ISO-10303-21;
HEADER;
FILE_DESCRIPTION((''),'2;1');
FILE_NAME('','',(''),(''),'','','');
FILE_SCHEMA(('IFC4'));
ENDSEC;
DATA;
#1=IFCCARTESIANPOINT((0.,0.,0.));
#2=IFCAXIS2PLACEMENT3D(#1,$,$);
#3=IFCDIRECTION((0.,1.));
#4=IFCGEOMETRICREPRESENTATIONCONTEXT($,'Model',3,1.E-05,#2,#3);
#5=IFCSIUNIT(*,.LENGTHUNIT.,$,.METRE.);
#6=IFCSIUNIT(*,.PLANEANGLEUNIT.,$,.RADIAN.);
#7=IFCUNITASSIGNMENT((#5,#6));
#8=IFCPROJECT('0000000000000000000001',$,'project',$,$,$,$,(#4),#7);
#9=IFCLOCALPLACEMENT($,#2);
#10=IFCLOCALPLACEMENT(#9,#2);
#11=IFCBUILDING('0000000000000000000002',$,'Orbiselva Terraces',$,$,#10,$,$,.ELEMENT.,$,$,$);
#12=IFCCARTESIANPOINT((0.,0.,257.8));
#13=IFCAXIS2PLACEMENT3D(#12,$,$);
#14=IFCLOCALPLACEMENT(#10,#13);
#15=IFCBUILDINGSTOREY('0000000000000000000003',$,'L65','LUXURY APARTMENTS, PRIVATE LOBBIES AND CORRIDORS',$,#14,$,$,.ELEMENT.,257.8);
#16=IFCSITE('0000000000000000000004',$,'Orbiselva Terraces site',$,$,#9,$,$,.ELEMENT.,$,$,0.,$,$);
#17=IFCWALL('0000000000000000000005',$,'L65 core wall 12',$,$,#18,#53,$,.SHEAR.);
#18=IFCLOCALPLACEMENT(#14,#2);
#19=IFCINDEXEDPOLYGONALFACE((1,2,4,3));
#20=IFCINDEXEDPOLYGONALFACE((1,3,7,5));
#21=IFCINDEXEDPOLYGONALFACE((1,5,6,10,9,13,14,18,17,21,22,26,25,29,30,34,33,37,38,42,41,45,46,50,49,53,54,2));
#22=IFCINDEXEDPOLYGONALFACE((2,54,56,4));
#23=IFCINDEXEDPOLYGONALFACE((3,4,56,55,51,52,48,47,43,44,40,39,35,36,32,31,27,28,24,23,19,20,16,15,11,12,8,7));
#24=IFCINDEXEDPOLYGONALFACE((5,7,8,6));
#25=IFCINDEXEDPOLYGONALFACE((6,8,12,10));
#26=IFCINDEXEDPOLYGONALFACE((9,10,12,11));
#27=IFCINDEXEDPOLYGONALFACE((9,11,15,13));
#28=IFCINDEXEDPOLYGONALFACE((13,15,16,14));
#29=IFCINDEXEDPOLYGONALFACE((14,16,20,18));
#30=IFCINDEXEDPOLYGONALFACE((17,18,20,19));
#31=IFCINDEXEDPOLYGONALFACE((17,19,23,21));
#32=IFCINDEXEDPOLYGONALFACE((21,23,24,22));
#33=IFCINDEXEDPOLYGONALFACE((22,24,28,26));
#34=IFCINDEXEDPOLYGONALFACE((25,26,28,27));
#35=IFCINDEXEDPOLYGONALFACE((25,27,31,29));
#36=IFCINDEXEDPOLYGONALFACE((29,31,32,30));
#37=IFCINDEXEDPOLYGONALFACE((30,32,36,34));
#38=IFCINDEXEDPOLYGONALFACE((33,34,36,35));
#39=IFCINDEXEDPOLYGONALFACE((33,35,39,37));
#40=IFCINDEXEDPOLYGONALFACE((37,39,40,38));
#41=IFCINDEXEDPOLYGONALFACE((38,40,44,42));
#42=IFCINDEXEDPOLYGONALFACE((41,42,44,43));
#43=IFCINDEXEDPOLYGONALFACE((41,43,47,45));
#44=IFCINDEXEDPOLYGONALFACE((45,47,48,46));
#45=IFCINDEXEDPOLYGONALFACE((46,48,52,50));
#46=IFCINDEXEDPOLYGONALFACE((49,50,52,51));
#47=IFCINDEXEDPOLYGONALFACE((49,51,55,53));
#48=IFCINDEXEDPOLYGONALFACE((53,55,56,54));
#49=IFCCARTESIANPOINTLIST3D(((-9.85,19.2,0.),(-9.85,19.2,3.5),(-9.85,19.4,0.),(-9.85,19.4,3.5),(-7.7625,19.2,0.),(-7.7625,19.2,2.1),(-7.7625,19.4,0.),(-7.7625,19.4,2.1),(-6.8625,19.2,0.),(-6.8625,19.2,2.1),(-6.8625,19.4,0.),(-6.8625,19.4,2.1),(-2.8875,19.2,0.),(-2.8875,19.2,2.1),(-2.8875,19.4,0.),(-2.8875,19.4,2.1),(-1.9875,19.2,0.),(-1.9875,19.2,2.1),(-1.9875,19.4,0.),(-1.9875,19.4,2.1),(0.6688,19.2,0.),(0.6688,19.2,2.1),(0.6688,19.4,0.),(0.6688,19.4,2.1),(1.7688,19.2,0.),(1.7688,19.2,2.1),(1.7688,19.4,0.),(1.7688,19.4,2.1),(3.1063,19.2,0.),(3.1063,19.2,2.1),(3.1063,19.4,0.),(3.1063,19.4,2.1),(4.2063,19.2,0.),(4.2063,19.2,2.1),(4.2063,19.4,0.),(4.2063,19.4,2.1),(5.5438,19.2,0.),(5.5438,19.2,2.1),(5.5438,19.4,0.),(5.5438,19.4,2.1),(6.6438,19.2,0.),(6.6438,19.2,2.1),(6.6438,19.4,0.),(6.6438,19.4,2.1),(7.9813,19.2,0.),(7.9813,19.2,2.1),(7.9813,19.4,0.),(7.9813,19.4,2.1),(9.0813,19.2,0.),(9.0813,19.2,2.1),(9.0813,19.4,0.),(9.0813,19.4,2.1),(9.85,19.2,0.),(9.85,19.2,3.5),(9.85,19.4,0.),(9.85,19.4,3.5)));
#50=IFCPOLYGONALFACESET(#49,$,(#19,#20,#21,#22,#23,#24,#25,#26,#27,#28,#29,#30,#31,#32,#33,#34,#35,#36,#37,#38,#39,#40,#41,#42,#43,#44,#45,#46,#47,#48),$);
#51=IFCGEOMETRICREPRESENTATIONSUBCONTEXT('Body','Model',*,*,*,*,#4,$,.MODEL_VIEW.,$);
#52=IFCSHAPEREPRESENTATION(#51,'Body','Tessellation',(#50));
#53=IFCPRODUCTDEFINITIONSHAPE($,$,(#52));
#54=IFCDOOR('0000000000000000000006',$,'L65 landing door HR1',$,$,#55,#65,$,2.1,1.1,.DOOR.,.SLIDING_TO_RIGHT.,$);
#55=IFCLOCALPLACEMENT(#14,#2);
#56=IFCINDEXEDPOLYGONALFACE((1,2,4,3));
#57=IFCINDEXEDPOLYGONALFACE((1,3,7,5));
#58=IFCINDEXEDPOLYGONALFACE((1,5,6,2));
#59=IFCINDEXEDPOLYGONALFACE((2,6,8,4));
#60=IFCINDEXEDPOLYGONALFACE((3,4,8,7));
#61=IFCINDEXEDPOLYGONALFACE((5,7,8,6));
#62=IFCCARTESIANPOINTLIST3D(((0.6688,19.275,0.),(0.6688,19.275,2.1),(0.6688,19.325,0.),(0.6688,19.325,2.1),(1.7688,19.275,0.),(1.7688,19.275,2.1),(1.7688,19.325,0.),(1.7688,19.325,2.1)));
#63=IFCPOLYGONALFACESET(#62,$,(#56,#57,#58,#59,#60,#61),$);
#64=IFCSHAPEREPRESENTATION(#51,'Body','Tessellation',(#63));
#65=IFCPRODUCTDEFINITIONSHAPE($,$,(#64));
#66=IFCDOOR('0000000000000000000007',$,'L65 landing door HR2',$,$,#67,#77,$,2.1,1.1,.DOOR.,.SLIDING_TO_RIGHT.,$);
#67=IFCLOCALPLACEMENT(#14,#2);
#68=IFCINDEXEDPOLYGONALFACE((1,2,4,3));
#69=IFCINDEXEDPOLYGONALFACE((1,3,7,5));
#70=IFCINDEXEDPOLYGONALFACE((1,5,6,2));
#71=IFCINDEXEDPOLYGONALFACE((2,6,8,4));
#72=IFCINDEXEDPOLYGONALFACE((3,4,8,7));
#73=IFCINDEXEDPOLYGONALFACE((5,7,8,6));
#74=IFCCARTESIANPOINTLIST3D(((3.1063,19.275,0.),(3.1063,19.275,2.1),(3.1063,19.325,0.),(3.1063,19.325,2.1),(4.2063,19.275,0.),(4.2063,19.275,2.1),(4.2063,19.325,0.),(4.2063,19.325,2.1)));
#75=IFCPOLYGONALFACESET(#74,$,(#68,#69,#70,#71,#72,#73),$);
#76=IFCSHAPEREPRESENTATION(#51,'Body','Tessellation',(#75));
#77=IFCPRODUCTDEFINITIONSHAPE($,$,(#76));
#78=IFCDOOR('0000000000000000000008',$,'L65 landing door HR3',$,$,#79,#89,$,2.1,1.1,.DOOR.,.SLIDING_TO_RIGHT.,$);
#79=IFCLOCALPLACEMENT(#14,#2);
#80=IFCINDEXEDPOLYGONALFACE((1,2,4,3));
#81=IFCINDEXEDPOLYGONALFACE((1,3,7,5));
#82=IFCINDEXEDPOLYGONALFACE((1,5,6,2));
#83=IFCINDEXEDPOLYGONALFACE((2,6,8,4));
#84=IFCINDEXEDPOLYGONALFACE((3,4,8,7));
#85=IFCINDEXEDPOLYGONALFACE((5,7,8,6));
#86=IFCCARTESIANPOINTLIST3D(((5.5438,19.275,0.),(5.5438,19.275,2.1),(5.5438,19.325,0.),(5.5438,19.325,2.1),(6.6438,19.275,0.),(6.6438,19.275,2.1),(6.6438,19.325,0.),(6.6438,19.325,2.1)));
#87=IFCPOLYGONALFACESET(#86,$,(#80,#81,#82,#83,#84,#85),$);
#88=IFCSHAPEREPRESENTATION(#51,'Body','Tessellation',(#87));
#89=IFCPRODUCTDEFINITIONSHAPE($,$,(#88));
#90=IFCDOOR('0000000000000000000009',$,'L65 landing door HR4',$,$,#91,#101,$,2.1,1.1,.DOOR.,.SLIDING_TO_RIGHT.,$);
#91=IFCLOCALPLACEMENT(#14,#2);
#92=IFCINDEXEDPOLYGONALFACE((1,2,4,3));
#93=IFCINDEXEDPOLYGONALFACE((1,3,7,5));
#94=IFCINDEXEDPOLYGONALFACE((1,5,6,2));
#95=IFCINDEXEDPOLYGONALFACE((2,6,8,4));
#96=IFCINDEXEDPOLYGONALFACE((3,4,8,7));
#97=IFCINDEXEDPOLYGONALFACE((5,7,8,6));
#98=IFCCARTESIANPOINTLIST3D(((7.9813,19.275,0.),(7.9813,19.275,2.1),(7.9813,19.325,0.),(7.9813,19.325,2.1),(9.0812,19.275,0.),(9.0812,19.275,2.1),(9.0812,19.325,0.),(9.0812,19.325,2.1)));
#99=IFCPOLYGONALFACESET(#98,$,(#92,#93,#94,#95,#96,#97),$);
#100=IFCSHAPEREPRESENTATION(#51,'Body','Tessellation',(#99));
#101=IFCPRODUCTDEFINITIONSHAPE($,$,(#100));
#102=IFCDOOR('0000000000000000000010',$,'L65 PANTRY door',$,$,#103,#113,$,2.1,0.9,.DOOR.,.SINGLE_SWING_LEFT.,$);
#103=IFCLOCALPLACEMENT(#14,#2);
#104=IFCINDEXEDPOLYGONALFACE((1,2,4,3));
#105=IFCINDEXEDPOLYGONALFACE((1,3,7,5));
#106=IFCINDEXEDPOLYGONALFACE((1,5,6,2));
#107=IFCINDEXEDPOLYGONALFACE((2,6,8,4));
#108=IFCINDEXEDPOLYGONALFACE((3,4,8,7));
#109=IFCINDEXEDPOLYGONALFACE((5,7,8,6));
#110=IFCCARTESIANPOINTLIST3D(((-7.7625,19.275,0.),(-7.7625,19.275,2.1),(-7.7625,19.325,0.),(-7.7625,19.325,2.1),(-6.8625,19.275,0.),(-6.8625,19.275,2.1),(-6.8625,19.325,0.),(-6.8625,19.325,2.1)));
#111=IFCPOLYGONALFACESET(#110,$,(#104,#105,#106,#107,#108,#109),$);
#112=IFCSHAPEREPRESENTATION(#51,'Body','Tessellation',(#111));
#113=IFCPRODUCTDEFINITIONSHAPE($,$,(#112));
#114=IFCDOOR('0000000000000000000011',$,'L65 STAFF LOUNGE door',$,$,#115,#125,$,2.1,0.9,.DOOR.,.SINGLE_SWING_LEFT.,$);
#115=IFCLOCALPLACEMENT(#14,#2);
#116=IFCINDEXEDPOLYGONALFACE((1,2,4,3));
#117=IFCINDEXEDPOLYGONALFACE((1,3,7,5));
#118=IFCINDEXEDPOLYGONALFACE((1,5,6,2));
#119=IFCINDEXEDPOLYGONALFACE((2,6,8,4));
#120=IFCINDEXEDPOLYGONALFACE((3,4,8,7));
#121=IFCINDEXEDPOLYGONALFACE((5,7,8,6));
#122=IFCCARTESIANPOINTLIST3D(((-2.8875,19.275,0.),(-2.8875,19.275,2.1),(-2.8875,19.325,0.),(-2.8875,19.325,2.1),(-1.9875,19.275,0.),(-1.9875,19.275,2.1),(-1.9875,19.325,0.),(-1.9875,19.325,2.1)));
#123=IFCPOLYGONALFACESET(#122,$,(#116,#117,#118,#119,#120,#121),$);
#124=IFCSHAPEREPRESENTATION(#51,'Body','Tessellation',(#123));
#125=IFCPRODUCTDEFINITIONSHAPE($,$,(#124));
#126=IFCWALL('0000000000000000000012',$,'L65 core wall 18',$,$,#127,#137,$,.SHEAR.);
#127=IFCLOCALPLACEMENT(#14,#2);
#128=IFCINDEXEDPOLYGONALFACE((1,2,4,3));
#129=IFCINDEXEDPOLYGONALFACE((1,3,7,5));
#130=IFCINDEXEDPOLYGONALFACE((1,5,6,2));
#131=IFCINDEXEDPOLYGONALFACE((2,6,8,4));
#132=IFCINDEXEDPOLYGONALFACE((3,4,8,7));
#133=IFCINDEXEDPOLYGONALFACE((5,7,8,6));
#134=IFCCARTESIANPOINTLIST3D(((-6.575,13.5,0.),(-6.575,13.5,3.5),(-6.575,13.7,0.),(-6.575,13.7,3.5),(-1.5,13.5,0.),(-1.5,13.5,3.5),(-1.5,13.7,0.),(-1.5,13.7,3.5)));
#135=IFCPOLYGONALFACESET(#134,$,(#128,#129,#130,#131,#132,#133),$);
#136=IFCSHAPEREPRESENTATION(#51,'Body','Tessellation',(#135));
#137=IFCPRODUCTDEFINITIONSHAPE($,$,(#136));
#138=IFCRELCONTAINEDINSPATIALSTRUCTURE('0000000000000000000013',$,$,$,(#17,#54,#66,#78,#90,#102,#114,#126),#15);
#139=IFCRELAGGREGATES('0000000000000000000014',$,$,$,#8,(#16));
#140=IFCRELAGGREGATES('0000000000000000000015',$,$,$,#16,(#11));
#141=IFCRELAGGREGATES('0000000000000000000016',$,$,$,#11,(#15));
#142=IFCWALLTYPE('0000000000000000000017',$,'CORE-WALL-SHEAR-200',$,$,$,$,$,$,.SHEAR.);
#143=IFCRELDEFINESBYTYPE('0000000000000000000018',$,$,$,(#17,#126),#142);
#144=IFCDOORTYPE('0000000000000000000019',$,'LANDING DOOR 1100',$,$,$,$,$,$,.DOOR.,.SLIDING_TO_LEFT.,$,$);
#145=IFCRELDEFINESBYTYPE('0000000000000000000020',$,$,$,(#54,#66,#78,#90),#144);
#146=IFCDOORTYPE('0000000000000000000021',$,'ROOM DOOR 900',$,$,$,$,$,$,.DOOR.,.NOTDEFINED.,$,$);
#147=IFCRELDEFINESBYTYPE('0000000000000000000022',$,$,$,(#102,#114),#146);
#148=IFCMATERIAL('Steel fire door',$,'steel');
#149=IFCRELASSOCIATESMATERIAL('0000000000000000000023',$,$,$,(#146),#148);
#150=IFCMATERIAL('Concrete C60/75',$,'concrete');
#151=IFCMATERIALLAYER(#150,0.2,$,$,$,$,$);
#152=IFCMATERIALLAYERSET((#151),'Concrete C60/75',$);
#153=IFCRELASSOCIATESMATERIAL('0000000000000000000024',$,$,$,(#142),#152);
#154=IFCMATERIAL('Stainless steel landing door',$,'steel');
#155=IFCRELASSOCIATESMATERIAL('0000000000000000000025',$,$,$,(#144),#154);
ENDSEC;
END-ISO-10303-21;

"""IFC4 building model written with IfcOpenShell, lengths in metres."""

from ifc_helpers import new_model, si_unit, direction, frame, frame_2d, origin, place, context, subcontext, project, spatial, rectangle, extrude, material, layer, layer_set, type_object, element, fill, save


model = new_model("IFC4")

# Units and contexts
model_context = context("Model", 3, precision=1e-05, world=origin(), true_north=direction((0.0, 1.0)))
body_context = subcontext(model_context, "Body", "Model", "MODEL_VIEW")
ifc_project = project(units=[si_unit("LENGTHUNIT", "METRE"), si_unit("PLANEANGLEUNIT", "RADIAN")], contexts=[model_context])

# Site, building, storey
site_placement = place(None, origin())
site = spatial("IfcSite", under=ifc_project, at=site_placement, Name="Orbiselva Terraces site", CompositionType="ELEMENT", RefElevation=0.0)
building_placement = place(site_placement, origin())
building = spatial("IfcBuilding", under=site, at=building_placement, Name="Orbiselva Terraces", CompositionType="ELEMENT")
storey_placement = place(building_placement, frame((0.0, 0.0, 257.8)))
storey = spatial("IfcBuildingStorey", under=building, at=storey_placement, Name="L65", Description="LUXURY APARTMENTS, PRIVATE LOBBIES AND CORRIDORS", CompositionType="ELEMENT", Elevation=257.8)

# Shared definitions
ifc_material_1 = material(Name="Steel fire door", Category="steel")
door_type_1 = type_object("IfcDoorType", Name="ROOM DOOR 900", OperationType="NOTDEFINED", PredefinedType="DOOR", material=ifc_material_1)

# Shared definitions
ifc_material_2 = material(Name="Concrete C60/75", Category="concrete")
ifc_layer_1 = layer(ifc_material_2, 0.2)
ifc_layer_set_1 = layer_set([ifc_layer_1], Name="Concrete C60/75")
wall_type_1 = type_object("IfcWallType", Name="CORE-WALL-SHEAR-200", PredefinedType="SHEAR", material=ifc_layer_set_1)

# Wall, openings, doors
wall_1_placement = place(storey_placement, frame((-9.85, 19.3, 0.0), z_axis=(0.0, 0.0, 1.0), x_axis=(1.0, 0.0, 0.0)))
wall_1 = element("IfcWall", 1, at=wall_1_placement, inside=storey, type_object=wall_type_1, Name="L65 core wall 12", PredefinedType="SHEAR", context=body_context, shape_type="SweptSolid", body=[
    extrude(rectangle(XDim=19.7, YDim=0.2, at=frame_2d((9.85, 0.0))), origin(), (0.0, 0.0, 1.0), 3.5),
])
opening_1_placement = place(wall_1_placement, frame((10.5188, 0.0, 0.0)))
opening_1 = element("IfcOpeningElement", 2, at=opening_1_placement, cuts=wall_1, PredefinedType="OPENING", context=body_context, shape_type="SweptSolid", body=[
    extrude(rectangle(XDim=1.1, YDim=2.1, at=frame_2d((0.55, 1.05))), frame((0.0, 0.11, 0.0), z_axis=(0.0, -1.0, 0.0), x_axis=(1.0, 0.0, 0.0)), (0.0, 0.0, 1.0), 0.22),
])
opening_2_placement = place(wall_1_placement, frame((12.9563, 0.0, 0.0)))
opening_2 = element("IfcOpeningElement", 3, at=opening_2_placement, cuts=wall_1, PredefinedType="OPENING", context=body_context, shape_type="SweptSolid", body=[
    extrude(rectangle(XDim=1.1, YDim=2.1, at=frame_2d((0.55, 1.05))), frame((0.0, 0.11, 0.0), z_axis=(0.0, -1.0, 0.0), x_axis=(1.0, 0.0, 0.0)), (0.0, 0.0, 1.0), 0.22),
])
opening_3_placement = place(wall_1_placement, frame((15.3938, 0.0, 0.0)))
opening_3 = element("IfcOpeningElement", 4, at=opening_3_placement, cuts=wall_1, PredefinedType="OPENING", context=body_context, shape_type="SweptSolid", body=[
    extrude(rectangle(XDim=1.1, YDim=2.1, at=frame_2d((0.55, 1.05))), frame((0.0, 0.11, 0.0), z_axis=(0.0, -1.0, 0.0), x_axis=(1.0, 0.0, 0.0)), (0.0, 0.0, 1.0), 0.22),
])
opening_4_placement = place(wall_1_placement, frame((17.8313, 0.0, 0.0)))
opening_4 = element("IfcOpeningElement", 5, at=opening_4_placement, cuts=wall_1, PredefinedType="OPENING", context=body_context, shape_type="SweptSolid", body=[
    extrude(rectangle(XDim=1.1, YDim=2.1, at=frame_2d((0.55, 1.05))), frame((0.0, 0.11, 0.0), z_axis=(0.0, -1.0, 0.0), x_axis=(1.0, 0.0, 0.0)), (0.0, 0.0, 1.0), 0.22),
])
opening_5_placement = place(wall_1_placement, frame((2.0875, 0.0, 0.0)))
opening_5 = element("IfcOpeningElement", 6, at=opening_5_placement, cuts=wall_1, PredefinedType="OPENING", context=body_context, shape_type="SweptSolid", body=[
    extrude(rectangle(XDim=0.9, YDim=2.1, at=frame_2d((0.45, 1.05))), frame((0.0, 0.11, 0.0), z_axis=(0.0, -1.0, 0.0), x_axis=(1.0, 0.0, 0.0)), (0.0, 0.0, 1.0), 0.22),
])
opening_6_placement = place(wall_1_placement, frame((6.9625, 0.0, 0.0)))
opening_6 = element("IfcOpeningElement", 7, at=opening_6_placement, cuts=wall_1, PredefinedType="OPENING", context=body_context, shape_type="SweptSolid", body=[
    extrude(rectangle(XDim=0.9, YDim=2.1, at=frame_2d((0.45, 1.05))), frame((0.0, 0.11, 0.0), z_axis=(0.0, -1.0, 0.0), x_axis=(1.0, 0.0, 0.0)), (0.0, 0.0, 1.0), 0.22),
])
ifc_material_3 = material(Name="Stainless steel landing door", Category="steel")
door_type_2 = type_object("IfcDoorType", Name="LANDING DOOR 1100", OperationType="SLIDING_TO_LEFT", PredefinedType="DOOR", material=ifc_material_3)
door_1_placement = place(opening_1_placement, origin())
door_1 = element("IfcDoor", 8, at=door_1_placement, inside=storey, type_object=door_type_2, Name="L65 landing door HR1", OperationType="SLIDING_TO_RIGHT", OverallHeight=2.1, OverallWidth=1.1, PredefinedType="DOOR", context=body_context, shape_type="SweptSolid", body=[
    extrude(rectangle(XDim=1.1, YDim=2.1, at=frame_2d((0.55, 1.05))), frame((0.0, 0.025, 0.0), z_axis=(0.0, -1.0, 0.0), x_axis=(1.0, 0.0, 0.0)), (0.0, 0.0, 1.0), 0.05),
])
fill(opening_1, door_1)
door_2_placement = place(opening_2_placement, origin())
door_2 = element("IfcDoor", 9, at=door_2_placement, inside=storey, type_object=door_type_2, Name="L65 landing door HR2", OperationType="SLIDING_TO_RIGHT", OverallHeight=2.1, OverallWidth=1.1, PredefinedType="DOOR", context=body_context, shape_type="SweptSolid", body=[
    extrude(rectangle(XDim=1.1, YDim=2.1, at=frame_2d((0.55, 1.05))), frame((0.0, 0.025, 0.0), z_axis=(0.0, -1.0, 0.0), x_axis=(1.0, 0.0, 0.0)), (0.0, 0.0, 1.0), 0.05),
])
fill(opening_2, door_2)
door_3_placement = place(opening_3_placement, origin())
door_3 = element("IfcDoor", 10, at=door_3_placement, inside=storey, type_object=door_type_2, Name="L65 landing door HR3", OperationType="SLIDING_TO_RIGHT", OverallHeight=2.1, OverallWidth=1.1, PredefinedType="DOOR", context=body_context, shape_type="SweptSolid", body=[
    extrude(rectangle(XDim=1.1, YDim=2.1, at=frame_2d((0.55, 1.05))), frame((0.0, 0.025, 0.0), z_axis=(0.0, -1.0, 0.0), x_axis=(1.0, 0.0, 0.0)), (0.0, 0.0, 1.0), 0.05),
])
fill(opening_3, door_3)
door_4_placement = place(opening_4_placement, origin())
door_4 = element("IfcDoor", 11, at=door_4_placement, inside=storey, type_object=door_type_2, Name="L65 landing door HR4", OperationType="SLIDING_TO_RIGHT", OverallHeight=2.1, OverallWidth=1.1, PredefinedType="DOOR", context=body_context, shape_type="SweptSolid", body=[
    extrude(rectangle(XDim=1.1, YDim=2.1, at=frame_2d((0.55, 1.05))), frame((0.0, 0.025, 0.0), z_axis=(0.0, -1.0, 0.0), x_axis=(1.0, 0.0, 0.0)), (0.0, 0.0, 1.0), 0.05),
])
fill(opening_4, door_4)
door_5_placement = place(opening_5_placement, origin())
door_5 = element("IfcDoor", 12, at=door_5_placement, inside=storey, type_object=door_type_1, Name="L65 PANTRY door", OperationType="SINGLE_SWING_LEFT", OverallHeight=2.1, OverallWidth=0.9, PredefinedType="DOOR", context=body_context, shape_type="SweptSolid", body=[
    extrude(rectangle(XDim=0.9, YDim=2.1, at=frame_2d((0.45, 1.05))), frame((0.0, 0.025, 0.0), z_axis=(0.0, -1.0, 0.0), x_axis=(1.0, 0.0, 0.0)), (0.0, 0.0, 1.0), 0.05),
])
fill(opening_5, door_5)
door_6_placement = place(opening_6_placement, origin())
door_6 = element("IfcDoor", 13, at=door_6_placement, inside=storey, type_object=door_type_1, Name="L65 STAFF LOUNGE door", OperationType="SINGLE_SWING_LEFT", OverallHeight=2.1, OverallWidth=0.9, PredefinedType="DOOR", context=body_context, shape_type="SweptSolid", body=[
    extrude(rectangle(XDim=0.9, YDim=2.1, at=frame_2d((0.45, 1.05))), frame((0.0, 0.025, 0.0), z_axis=(0.0, -1.0, 0.0), x_axis=(1.0, 0.0, 0.0)), (0.0, 0.0, 1.0), 0.05),
])
fill(opening_6, door_6)

# Wall
wall_2_placement = place(storey_placement, frame((-6.575, 13.6, 0.0), z_axis=(0.0, 0.0, 1.0), x_axis=(1.0, 0.0, 0.0)))
element("IfcWall", 14, at=wall_2_placement, inside=storey, type_object=wall_type_1, Name="L65 core wall 18", PredefinedType="SHEAR", context=body_context, shape_type="SweptSolid", body=[
    extrude(rectangle(XDim=5.075, YDim=0.2, at=frame_2d((2.5375, 0.0))), origin(), (0.0, 0.0, 1.0), 3.5),
])

save(model, "model.ifc")
